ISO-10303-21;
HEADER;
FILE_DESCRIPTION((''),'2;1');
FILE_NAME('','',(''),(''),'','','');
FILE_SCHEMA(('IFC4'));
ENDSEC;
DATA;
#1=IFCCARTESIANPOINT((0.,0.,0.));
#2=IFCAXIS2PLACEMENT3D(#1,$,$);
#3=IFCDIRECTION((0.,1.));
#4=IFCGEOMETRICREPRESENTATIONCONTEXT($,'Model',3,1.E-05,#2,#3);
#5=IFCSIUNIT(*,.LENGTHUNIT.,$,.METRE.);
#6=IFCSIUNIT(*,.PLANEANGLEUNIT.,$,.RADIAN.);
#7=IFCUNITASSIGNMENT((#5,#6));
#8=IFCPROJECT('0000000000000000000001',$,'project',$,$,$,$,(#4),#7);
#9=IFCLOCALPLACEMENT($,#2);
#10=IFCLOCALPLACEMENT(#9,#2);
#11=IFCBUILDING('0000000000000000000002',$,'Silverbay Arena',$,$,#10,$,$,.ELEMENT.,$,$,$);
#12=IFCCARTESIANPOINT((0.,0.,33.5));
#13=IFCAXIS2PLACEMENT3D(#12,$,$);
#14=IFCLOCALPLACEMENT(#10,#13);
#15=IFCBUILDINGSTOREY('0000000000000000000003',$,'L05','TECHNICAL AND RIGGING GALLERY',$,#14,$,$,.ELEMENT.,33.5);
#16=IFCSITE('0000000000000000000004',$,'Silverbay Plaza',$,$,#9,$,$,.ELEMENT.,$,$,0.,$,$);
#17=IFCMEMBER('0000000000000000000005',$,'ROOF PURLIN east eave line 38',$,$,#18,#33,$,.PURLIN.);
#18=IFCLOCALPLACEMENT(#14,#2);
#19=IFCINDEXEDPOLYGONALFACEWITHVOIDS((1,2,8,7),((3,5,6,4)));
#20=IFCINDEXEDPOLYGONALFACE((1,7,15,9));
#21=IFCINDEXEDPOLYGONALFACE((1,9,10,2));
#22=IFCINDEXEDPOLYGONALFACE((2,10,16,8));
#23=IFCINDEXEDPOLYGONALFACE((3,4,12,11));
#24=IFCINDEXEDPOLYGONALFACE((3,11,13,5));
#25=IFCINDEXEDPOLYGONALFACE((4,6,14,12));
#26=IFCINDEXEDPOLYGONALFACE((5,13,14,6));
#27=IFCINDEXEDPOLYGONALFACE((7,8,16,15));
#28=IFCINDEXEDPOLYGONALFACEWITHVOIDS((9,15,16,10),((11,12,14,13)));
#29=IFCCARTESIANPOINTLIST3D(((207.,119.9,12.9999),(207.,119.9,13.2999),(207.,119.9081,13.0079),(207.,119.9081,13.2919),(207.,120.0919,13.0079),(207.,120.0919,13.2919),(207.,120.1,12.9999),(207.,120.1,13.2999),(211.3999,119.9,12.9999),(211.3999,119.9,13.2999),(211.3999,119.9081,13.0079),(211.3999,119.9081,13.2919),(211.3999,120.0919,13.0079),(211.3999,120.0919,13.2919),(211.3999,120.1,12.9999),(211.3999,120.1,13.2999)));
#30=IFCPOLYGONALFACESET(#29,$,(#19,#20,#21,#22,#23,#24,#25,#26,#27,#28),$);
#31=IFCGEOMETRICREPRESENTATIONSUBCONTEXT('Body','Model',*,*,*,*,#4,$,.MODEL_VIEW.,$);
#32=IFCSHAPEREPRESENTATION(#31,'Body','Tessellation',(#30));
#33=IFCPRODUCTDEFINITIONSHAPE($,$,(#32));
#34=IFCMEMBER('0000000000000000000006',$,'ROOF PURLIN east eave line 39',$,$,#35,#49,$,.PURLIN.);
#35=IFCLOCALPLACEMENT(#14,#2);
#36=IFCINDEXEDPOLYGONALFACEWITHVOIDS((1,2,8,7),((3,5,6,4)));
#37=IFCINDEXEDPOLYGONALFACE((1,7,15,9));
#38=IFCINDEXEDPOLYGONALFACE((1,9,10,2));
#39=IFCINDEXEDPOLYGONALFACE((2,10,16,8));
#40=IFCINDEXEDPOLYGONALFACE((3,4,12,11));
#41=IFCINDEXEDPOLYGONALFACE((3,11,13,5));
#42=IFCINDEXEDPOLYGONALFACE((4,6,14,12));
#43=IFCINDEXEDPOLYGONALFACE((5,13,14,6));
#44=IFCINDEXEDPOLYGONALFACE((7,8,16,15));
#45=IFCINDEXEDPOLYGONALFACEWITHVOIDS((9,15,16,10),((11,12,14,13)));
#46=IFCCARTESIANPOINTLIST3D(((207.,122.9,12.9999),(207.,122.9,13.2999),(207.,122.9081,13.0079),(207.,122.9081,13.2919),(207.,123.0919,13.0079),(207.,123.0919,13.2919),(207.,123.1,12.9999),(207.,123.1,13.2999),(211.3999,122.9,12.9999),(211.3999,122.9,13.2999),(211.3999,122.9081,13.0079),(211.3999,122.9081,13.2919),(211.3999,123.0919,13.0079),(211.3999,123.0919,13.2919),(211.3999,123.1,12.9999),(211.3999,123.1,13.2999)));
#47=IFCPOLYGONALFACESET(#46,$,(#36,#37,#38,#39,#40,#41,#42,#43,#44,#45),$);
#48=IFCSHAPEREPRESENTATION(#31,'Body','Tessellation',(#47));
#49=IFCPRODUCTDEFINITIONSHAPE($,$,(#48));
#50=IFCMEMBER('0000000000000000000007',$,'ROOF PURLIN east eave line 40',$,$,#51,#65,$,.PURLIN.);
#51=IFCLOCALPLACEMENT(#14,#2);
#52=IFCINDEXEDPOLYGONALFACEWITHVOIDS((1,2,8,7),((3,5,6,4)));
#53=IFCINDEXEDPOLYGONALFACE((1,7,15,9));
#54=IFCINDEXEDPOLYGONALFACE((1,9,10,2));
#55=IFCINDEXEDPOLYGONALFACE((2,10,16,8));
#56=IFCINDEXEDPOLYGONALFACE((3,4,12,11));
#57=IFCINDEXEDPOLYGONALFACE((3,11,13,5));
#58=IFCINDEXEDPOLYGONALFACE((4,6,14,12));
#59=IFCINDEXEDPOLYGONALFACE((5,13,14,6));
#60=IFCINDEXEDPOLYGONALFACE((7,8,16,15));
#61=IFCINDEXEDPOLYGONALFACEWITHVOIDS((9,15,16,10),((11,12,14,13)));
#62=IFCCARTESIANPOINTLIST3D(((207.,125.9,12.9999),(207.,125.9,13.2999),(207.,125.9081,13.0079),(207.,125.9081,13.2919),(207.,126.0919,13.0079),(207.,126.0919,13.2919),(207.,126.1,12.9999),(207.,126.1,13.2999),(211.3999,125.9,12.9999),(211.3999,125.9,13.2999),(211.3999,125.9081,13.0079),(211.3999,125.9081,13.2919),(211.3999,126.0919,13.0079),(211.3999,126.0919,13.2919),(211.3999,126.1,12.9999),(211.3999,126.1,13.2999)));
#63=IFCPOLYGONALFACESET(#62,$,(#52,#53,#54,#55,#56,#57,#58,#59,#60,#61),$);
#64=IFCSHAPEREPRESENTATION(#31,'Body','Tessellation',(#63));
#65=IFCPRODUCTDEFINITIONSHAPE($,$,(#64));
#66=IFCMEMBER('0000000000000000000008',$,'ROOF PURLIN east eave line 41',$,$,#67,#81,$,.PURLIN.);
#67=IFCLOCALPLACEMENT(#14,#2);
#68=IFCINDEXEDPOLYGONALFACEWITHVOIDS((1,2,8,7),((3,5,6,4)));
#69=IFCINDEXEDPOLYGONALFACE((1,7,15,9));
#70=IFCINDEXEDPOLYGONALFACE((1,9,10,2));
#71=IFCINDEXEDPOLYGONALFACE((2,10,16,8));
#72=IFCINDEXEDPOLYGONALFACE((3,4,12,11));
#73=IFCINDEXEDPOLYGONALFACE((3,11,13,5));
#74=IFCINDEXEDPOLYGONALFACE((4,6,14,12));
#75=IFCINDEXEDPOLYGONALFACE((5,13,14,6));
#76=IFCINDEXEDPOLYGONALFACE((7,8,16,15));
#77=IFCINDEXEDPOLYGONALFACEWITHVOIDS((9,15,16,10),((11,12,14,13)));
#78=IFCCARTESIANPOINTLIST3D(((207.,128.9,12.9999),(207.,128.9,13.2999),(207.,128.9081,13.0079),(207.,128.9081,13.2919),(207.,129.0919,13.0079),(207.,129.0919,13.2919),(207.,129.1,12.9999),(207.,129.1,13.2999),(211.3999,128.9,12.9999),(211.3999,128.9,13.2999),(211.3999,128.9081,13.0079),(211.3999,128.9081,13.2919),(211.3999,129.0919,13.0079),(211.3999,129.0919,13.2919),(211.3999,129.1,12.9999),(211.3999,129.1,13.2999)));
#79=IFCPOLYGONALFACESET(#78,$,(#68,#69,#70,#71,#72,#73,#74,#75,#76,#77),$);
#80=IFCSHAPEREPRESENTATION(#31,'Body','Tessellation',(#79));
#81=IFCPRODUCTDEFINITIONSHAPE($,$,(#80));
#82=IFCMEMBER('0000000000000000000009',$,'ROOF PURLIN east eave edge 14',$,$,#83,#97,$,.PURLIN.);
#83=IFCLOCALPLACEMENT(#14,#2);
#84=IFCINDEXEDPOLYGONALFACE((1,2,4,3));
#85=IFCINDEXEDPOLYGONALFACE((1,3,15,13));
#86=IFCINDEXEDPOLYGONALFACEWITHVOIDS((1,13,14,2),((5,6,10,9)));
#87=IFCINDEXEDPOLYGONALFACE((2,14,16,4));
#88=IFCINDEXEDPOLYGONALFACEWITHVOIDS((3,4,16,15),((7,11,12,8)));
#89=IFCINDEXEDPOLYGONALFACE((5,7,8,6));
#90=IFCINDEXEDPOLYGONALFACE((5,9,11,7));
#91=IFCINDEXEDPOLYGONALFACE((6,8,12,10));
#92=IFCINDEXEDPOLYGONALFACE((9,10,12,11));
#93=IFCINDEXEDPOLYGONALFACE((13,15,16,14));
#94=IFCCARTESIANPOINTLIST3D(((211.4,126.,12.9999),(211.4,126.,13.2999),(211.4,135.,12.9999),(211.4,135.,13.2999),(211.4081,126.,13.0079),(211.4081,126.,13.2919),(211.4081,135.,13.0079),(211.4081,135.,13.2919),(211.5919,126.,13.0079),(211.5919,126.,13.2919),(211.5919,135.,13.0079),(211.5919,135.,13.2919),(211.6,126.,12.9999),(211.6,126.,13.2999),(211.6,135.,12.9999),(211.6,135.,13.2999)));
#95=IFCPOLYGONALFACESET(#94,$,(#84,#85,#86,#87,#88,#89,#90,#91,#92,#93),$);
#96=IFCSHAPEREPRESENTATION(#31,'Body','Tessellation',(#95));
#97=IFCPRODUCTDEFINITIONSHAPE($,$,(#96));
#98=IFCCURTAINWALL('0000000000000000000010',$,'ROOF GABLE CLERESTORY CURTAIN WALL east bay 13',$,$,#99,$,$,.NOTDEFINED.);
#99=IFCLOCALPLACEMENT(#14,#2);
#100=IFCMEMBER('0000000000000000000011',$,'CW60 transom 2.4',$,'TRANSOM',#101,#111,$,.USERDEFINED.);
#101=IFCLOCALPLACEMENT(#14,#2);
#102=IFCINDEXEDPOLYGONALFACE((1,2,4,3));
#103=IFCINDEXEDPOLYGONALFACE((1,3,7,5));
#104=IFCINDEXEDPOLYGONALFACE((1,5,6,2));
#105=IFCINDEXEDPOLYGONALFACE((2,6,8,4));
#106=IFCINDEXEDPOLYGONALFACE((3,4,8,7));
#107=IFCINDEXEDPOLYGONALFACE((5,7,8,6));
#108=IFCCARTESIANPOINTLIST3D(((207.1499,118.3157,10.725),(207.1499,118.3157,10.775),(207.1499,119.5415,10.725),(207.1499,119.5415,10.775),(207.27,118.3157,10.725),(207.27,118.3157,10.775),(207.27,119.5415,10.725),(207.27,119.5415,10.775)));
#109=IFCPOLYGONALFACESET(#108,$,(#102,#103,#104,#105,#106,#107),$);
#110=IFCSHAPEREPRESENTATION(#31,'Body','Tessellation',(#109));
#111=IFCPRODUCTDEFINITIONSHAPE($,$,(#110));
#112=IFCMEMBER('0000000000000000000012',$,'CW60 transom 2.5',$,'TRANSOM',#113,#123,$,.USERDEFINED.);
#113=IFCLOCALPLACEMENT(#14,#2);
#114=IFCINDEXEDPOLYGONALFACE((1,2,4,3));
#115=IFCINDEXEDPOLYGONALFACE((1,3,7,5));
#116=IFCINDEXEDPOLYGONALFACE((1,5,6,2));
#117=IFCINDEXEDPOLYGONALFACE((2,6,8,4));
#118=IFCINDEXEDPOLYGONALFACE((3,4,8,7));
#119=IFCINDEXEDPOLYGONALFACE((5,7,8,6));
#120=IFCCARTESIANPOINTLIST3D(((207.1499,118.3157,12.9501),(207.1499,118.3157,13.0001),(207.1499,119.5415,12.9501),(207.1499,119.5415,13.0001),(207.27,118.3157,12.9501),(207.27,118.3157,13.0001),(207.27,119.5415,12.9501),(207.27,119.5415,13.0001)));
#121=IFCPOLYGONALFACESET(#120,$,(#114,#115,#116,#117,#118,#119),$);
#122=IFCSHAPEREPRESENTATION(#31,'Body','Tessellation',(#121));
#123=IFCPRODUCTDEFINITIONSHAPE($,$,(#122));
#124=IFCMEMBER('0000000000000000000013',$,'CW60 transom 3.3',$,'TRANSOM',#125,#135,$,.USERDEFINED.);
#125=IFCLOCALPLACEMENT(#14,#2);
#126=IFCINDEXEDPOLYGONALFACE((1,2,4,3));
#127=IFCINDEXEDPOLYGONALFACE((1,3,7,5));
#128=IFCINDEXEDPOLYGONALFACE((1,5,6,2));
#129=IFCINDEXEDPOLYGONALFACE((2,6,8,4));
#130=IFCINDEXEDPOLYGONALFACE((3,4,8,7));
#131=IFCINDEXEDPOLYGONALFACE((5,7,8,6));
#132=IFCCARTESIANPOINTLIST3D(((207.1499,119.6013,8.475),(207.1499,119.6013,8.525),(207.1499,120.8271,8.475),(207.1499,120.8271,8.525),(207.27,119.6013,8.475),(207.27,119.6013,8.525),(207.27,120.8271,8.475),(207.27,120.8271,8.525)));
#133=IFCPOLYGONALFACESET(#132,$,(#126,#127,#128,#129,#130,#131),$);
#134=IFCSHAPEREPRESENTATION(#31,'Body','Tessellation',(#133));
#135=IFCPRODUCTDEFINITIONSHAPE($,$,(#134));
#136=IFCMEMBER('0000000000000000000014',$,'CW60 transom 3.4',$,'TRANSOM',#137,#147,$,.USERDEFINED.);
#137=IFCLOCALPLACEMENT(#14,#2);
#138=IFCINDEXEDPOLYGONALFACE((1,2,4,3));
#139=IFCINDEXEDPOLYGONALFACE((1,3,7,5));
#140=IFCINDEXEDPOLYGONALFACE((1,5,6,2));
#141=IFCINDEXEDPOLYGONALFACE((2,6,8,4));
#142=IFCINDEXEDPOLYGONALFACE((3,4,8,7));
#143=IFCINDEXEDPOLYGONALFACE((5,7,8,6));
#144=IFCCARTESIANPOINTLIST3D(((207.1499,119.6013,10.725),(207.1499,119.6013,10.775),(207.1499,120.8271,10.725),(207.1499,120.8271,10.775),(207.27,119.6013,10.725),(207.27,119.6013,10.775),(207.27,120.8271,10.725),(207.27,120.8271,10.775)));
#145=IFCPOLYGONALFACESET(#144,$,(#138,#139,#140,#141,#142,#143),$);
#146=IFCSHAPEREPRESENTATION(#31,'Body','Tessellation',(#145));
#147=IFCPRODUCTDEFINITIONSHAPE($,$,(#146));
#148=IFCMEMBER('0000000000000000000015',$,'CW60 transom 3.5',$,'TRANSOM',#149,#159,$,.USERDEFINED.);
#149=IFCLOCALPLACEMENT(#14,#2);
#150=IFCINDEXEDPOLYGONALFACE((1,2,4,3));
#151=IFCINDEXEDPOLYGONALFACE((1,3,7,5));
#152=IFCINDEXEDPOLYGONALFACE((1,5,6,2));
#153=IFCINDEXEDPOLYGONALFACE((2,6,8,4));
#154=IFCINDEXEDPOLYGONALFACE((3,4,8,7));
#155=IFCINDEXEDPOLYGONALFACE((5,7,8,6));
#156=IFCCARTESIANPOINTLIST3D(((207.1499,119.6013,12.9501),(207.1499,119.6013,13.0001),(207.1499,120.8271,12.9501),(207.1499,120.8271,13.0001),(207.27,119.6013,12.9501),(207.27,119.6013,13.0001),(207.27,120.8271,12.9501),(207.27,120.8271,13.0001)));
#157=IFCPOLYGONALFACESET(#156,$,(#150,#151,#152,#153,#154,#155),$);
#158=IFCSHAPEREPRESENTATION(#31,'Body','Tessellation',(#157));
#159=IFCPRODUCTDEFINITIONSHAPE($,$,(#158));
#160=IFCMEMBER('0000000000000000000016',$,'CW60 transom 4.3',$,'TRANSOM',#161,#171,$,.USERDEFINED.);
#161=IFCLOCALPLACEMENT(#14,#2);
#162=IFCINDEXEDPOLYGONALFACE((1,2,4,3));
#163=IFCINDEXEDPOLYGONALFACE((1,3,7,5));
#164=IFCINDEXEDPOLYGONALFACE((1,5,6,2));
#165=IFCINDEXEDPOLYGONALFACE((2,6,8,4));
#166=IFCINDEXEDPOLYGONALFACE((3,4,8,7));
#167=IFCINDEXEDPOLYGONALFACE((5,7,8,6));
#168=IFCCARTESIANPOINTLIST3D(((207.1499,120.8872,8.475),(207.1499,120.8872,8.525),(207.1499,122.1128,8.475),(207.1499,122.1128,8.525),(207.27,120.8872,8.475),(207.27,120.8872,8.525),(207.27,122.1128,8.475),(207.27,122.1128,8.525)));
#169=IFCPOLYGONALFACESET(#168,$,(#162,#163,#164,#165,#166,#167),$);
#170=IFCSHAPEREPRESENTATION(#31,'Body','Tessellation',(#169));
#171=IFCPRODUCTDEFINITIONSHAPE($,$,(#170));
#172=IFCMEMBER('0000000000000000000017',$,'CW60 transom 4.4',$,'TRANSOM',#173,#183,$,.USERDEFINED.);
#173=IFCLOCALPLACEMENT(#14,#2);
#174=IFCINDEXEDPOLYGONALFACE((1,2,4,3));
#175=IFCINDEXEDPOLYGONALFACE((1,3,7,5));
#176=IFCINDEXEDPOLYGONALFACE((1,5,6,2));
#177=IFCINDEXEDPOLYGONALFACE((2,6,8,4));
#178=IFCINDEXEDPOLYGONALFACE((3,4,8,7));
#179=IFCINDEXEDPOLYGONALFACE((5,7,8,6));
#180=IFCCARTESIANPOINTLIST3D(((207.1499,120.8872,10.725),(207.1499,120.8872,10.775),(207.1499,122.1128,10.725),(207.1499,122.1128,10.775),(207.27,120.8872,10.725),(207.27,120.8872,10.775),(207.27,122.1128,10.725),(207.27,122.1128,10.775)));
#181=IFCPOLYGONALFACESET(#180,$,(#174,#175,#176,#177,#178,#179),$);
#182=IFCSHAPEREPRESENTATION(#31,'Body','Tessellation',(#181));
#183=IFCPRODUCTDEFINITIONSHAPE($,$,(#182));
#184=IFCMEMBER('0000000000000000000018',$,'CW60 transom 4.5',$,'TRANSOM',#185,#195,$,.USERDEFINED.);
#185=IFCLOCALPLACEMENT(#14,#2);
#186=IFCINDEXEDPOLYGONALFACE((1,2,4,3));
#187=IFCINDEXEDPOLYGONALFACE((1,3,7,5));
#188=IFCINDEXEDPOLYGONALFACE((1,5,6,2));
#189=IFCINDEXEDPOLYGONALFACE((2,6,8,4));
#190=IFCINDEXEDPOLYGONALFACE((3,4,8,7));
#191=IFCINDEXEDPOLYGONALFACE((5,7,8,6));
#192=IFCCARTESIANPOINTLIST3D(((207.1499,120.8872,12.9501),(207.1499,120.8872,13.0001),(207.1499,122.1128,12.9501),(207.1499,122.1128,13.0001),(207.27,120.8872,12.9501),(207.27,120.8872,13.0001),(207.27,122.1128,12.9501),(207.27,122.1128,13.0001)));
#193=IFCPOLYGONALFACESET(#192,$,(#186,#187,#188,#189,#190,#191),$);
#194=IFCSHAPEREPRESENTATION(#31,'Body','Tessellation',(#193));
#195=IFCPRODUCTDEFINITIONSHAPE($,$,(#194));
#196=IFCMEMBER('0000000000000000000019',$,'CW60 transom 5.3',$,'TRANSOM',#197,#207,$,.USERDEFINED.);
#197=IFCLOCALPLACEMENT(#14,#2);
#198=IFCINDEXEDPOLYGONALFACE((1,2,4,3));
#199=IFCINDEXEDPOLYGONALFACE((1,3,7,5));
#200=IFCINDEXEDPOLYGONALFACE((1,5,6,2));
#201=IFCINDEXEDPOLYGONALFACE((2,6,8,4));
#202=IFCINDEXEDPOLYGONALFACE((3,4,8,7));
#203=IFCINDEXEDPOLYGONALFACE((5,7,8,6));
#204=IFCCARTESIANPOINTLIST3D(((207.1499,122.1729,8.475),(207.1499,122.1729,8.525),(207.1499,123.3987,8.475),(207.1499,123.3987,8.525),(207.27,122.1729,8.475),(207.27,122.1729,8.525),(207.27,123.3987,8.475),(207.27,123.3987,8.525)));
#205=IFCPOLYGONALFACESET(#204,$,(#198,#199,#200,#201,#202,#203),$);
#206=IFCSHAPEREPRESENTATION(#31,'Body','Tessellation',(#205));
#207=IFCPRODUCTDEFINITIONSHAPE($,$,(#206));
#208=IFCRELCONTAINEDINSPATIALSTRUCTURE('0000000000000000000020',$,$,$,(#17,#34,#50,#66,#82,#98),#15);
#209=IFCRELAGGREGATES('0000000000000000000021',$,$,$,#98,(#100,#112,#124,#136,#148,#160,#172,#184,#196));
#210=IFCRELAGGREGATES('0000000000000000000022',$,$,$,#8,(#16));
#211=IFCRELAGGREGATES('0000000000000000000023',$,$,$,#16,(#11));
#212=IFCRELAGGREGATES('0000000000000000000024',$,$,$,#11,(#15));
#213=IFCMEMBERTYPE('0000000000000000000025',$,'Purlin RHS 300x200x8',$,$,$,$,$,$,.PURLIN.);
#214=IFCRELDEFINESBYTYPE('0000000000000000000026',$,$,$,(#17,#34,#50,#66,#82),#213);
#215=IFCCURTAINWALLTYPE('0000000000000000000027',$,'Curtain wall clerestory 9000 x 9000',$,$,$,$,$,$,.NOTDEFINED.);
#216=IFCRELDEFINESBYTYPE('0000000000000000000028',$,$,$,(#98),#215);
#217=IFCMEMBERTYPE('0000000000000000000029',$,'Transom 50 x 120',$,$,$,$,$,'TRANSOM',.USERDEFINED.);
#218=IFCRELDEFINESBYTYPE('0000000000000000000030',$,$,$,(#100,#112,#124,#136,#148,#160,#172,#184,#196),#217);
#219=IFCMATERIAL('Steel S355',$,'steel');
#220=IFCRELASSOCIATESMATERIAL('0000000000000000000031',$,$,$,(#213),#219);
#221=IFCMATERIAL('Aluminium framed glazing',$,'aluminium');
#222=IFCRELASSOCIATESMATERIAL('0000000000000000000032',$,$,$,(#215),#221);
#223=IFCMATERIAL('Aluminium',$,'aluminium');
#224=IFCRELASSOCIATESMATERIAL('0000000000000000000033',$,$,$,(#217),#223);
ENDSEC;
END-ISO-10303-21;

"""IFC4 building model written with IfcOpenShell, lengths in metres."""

from ifc_helpers import new_model, si_unit, direction, frame, origin, origin_2d, place, context, subcontext, project, spatial, rectangle, hollow_rectangle, extrude, material, material_profile, profile_set, type_object, element, aggregate, save


model = new_model("IFC4")

# Units and contexts
model_context = context("Model", 3, precision=1e-05, world=origin(), true_north=direction((0.0, 1.0)))
body_context = subcontext(model_context, "Body", "Model", "MODEL_VIEW")
ifc_project = project(units=[si_unit("LENGTHUNIT", "METRE"), si_unit("PLANEANGLEUNIT", "RADIAN")], contexts=[model_context])

# Site, building, storey
site_placement = place(None, origin())
site = spatial("IfcSite", under=ifc_project, at=site_placement, Name="Silverbay Plaza", CompositionType="ELEMENT", RefElevation=0.0)
building_placement = place(site_placement, origin())
building = spatial("IfcBuilding", under=site, at=building_placement, Name="Silverbay Arena", CompositionType="ELEMENT")
storey_placement = place(building_placement, frame((0.0, 0.0, 33.5)))
storey = spatial("IfcBuildingStorey", under=building, at=storey_placement, Name="L05", Description="TECHNICAL AND RIGGING GALLERY", CompositionType="ELEMENT", Elevation=33.5)

# Members
ifc_material_1 = material(Name="Steel S355", Category="steel")
ifc_material_profile_1 = material_profile(ifc_material_1, hollow_rectangle(XDim=0.2, YDim=0.3, WallThickness=0.0081, at=origin_2d()), Name="RHS 300x200x8")
ifc_profile_set_1 = profile_set([ifc_material_profile_1], Name="Steel S355")
member_type_1 = type_object("IfcMemberType", Name="Purlin RHS 300x200x8", PredefinedType="PURLIN", material=ifc_profile_set_1)
for number, where, z_axis, x_axis, name in (
    (1, (211.3999, 120.0, 13.1499), (-1.0, 0.0, 0.0), (0.0, -1.0, 0.0), "ROOF PURLIN east eave line 38"),
    (2, (211.3999, 123.0, 13.1499), (-1.0, 0.0, 0.0), (0.0, -1.0, 0.0), "ROOF PURLIN east eave line 39"),
    (3, (211.3999, 126.0, 13.1499), (-1.0, 0.0, 0.0), (0.0, -1.0, 0.0), "ROOF PURLIN east eave line 40"),
    (4, (211.3999, 129.0, 13.1499), (-1.0, 0.0, 0.0), (0.0, -1.0, 0.0), "ROOF PURLIN east eave line 41"),
):
    element("IfcMember", number, at=place(storey_placement, frame(where, z_axis=z_axis, x_axis=x_axis)), inside=storey, type_object=member_type_1, Name=name, PredefinedType="PURLIN", context=body_context, shape_type="SweptSolid", body=[
        extrude(hollow_rectangle(XDim=0.2, YDim=0.3, WallThickness=0.0081, at=origin_2d()), origin(), (0.0, 0.0, 1.0), 4.3999),
    ])
member_1_placement = place(storey_placement, frame((211.5, 126.0, 13.1499), z_axis=(0.0, 1.0, 0.0), x_axis=(-1.0, 0.0, 0.0)))
element("IfcMember", 5, at=member_1_placement, inside=storey, type_object=member_type_1, Name="ROOF PURLIN east eave edge 14", PredefinedType="PURLIN", context=body_context, shape_type="SweptSolid", body=[
    extrude(hollow_rectangle(XDim=0.2, YDim=0.3, WallThickness=0.0081, at=origin_2d()), origin(), (0.0, 0.0, 1.0), 9.0),
])

# Curtain wall, members
ifc_material_2 = material(Name="Aluminium framed glazing", Category="aluminium")
curtain_wall_type_1 = type_object("IfcCurtainWallType", Name="Curtain wall clerestory 9000 x 9000", PredefinedType="NOTDEFINED", material=ifc_material_2)
curtain_wall_1_placement = place(storey_placement, origin())
curtain_wall_1 = element("IfcCurtainWall", 6, at=curtain_wall_1_placement, inside=storey, type_object=curtain_wall_type_1, Name="ROOF GABLE CLERESTORY CURTAIN WALL east bay 13", PredefinedType="NOTDEFINED")
ifc_material_3 = material(Name="Aluminium", Category="aluminium")
ifc_material_profile_2 = material_profile(ifc_material_3, rectangle(XDim=0.1201, YDim=0.05, at=origin_2d()), Name="Transom 50 x 120")
ifc_profile_set_2 = profile_set([ifc_material_profile_2], Name="Aluminium")
member_type_2 = type_object("IfcMemberType", Name="Transom 50 x 120", ElementType="TRANSOM", PredefinedType="USERDEFINED", material=ifc_profile_set_2)
member_2_placement = place(storey_placement, frame((207.21, 118.3157, 10.75), z_axis=(0.0, 1.0, 0.0), x_axis=(-1.0, 0.0, 0.0)))
member_2 = element("IfcMember", 7, at=member_2_placement, type_object=member_type_2, Name="CW60 transom 2.4", ObjectType="TRANSOM", PredefinedType="USERDEFINED", context=body_context, shape_type="SweptSolid", body=[
    extrude(rectangle(XDim=0.1201, YDim=0.05, at=origin_2d()), origin(), (0.0, 0.0, 1.0), 1.2258),
])
member_3_placement = place(storey_placement, frame((207.21, 118.3157, 12.9751), z_axis=(0.0, 1.0, 0.0), x_axis=(-1.0, 0.0, 0.0)))
member_3 = element("IfcMember", 8, at=member_3_placement, type_object=member_type_2, Name="CW60 transom 2.5", ObjectType="TRANSOM", PredefinedType="USERDEFINED", context=body_context, shape_type="SweptSolid", body=[
    extrude(rectangle(XDim=0.1201, YDim=0.05, at=origin_2d()), origin(), (0.0, 0.0, 1.0), 1.2258),
])
member_4_placement = place(storey_placement, frame((207.21, 119.6013, 8.5), z_axis=(0.0, 1.0, 0.0), x_axis=(-1.0, 0.0, 0.0)))
member_4 = element("IfcMember", 9, at=member_4_placement, type_object=member_type_2, Name="CW60 transom 3.3", ObjectType="TRANSOM", PredefinedType="USERDEFINED", context=body_context, shape_type="SweptSolid", body=[
    extrude(rectangle(XDim=0.1201, YDim=0.05, at=origin_2d()), origin(), (0.0, 0.0, 1.0), 1.2258),
])
member_5_placement = place(storey_placement, frame((207.21, 119.6013, 10.75), z_axis=(0.0, 1.0, 0.0), x_axis=(-1.0, 0.0, 0.0)))
member_5 = element("IfcMember", 10, at=member_5_placement, type_object=member_type_2, Name="CW60 transom 3.4", ObjectType="TRANSOM", PredefinedType="USERDEFINED", context=body_context, shape_type="SweptSolid", body=[
    extrude(rectangle(XDim=0.1201, YDim=0.05, at=origin_2d()), origin(), (0.0, 0.0, 1.0), 1.2258),
])
member_6_placement = place(storey_placement, frame((207.21, 119.6013, 12.9751), z_axis=(0.0, 1.0, 0.0), x_axis=(-1.0, 0.0, 0.0)))
member_6 = element("IfcMember", 11, at=member_6_placement, type_object=member_type_2, Name="CW60 transom 3.5", ObjectType="TRANSOM", PredefinedType="USERDEFINED", context=body_context, shape_type="SweptSolid", body=[
    extrude(rectangle(XDim=0.1201, YDim=0.05, at=origin_2d()), origin(), (0.0, 0.0, 1.0), 1.2258),
])
member_7_placement = place(storey_placement, frame((207.21, 120.8872, 8.5), z_axis=(0.0, 1.0, 0.0), x_axis=(-1.0, 0.0, 0.0)))
member_7 = element("IfcMember", 12, at=member_7_placement, type_object=member_type_2, Name="CW60 transom 4.3", ObjectType="TRANSOM", PredefinedType="USERDEFINED", context=body_context, shape_type="SweptSolid", body=[
    extrude(rectangle(XDim=0.1201, YDim=0.05, at=origin_2d()), origin(), (0.0, 0.0, 1.0), 1.2256),
])
member_8_placement = place(storey_placement, frame((207.21, 120.8872, 10.75), z_axis=(0.0, 1.0, 0.0), x_axis=(-1.0, 0.0, 0.0)))
member_8 = element("IfcMember", 13, at=member_8_placement, type_object=member_type_2, Name="CW60 transom 4.4", ObjectType="TRANSOM", PredefinedType="USERDEFINED", context=body_context, shape_type="SweptSolid", body=[
    extrude(rectangle(XDim=0.1201, YDim=0.05, at=origin_2d()), origin(), (0.0, 0.0, 1.0), 1.2256),
])
member_9_placement = place(storey_placement, frame((207.21, 120.8872, 12.9751), z_axis=(0.0, 1.0, 0.0), x_axis=(-1.0, 0.0, 0.0)))
member_9 = element("IfcMember", 14, at=member_9_placement, type_object=member_type_2, Name="CW60 transom 4.5", ObjectType="TRANSOM", PredefinedType="USERDEFINED", context=body_context, shape_type="SweptSolid", body=[
    extrude(rectangle(XDim=0.1201, YDim=0.05, at=origin_2d()), origin(), (0.0, 0.0, 1.0), 1.2256),
])
member_10_placement = place(storey_placement, frame((207.21, 122.1729, 8.5), z_axis=(0.0, 1.0, 0.0), x_axis=(-1.0, 0.0, 0.0)))
member_10 = element("IfcMember", 15, at=member_10_placement, type_object=member_type_2, Name="CW60 transom 5.3", ObjectType="TRANSOM", PredefinedType="USERDEFINED", context=body_context, shape_type="SweptSolid", body=[
    extrude(rectangle(XDim=0.1201, YDim=0.05, at=origin_2d()), origin(), (0.0, 0.0, 1.0), 1.2258),
])
aggregate(curtain_wall_1, [member_2, member_3, member_4, member_5, member_6, member_7, member_8, member_9, member_10])

save(model, "model.ifc")
